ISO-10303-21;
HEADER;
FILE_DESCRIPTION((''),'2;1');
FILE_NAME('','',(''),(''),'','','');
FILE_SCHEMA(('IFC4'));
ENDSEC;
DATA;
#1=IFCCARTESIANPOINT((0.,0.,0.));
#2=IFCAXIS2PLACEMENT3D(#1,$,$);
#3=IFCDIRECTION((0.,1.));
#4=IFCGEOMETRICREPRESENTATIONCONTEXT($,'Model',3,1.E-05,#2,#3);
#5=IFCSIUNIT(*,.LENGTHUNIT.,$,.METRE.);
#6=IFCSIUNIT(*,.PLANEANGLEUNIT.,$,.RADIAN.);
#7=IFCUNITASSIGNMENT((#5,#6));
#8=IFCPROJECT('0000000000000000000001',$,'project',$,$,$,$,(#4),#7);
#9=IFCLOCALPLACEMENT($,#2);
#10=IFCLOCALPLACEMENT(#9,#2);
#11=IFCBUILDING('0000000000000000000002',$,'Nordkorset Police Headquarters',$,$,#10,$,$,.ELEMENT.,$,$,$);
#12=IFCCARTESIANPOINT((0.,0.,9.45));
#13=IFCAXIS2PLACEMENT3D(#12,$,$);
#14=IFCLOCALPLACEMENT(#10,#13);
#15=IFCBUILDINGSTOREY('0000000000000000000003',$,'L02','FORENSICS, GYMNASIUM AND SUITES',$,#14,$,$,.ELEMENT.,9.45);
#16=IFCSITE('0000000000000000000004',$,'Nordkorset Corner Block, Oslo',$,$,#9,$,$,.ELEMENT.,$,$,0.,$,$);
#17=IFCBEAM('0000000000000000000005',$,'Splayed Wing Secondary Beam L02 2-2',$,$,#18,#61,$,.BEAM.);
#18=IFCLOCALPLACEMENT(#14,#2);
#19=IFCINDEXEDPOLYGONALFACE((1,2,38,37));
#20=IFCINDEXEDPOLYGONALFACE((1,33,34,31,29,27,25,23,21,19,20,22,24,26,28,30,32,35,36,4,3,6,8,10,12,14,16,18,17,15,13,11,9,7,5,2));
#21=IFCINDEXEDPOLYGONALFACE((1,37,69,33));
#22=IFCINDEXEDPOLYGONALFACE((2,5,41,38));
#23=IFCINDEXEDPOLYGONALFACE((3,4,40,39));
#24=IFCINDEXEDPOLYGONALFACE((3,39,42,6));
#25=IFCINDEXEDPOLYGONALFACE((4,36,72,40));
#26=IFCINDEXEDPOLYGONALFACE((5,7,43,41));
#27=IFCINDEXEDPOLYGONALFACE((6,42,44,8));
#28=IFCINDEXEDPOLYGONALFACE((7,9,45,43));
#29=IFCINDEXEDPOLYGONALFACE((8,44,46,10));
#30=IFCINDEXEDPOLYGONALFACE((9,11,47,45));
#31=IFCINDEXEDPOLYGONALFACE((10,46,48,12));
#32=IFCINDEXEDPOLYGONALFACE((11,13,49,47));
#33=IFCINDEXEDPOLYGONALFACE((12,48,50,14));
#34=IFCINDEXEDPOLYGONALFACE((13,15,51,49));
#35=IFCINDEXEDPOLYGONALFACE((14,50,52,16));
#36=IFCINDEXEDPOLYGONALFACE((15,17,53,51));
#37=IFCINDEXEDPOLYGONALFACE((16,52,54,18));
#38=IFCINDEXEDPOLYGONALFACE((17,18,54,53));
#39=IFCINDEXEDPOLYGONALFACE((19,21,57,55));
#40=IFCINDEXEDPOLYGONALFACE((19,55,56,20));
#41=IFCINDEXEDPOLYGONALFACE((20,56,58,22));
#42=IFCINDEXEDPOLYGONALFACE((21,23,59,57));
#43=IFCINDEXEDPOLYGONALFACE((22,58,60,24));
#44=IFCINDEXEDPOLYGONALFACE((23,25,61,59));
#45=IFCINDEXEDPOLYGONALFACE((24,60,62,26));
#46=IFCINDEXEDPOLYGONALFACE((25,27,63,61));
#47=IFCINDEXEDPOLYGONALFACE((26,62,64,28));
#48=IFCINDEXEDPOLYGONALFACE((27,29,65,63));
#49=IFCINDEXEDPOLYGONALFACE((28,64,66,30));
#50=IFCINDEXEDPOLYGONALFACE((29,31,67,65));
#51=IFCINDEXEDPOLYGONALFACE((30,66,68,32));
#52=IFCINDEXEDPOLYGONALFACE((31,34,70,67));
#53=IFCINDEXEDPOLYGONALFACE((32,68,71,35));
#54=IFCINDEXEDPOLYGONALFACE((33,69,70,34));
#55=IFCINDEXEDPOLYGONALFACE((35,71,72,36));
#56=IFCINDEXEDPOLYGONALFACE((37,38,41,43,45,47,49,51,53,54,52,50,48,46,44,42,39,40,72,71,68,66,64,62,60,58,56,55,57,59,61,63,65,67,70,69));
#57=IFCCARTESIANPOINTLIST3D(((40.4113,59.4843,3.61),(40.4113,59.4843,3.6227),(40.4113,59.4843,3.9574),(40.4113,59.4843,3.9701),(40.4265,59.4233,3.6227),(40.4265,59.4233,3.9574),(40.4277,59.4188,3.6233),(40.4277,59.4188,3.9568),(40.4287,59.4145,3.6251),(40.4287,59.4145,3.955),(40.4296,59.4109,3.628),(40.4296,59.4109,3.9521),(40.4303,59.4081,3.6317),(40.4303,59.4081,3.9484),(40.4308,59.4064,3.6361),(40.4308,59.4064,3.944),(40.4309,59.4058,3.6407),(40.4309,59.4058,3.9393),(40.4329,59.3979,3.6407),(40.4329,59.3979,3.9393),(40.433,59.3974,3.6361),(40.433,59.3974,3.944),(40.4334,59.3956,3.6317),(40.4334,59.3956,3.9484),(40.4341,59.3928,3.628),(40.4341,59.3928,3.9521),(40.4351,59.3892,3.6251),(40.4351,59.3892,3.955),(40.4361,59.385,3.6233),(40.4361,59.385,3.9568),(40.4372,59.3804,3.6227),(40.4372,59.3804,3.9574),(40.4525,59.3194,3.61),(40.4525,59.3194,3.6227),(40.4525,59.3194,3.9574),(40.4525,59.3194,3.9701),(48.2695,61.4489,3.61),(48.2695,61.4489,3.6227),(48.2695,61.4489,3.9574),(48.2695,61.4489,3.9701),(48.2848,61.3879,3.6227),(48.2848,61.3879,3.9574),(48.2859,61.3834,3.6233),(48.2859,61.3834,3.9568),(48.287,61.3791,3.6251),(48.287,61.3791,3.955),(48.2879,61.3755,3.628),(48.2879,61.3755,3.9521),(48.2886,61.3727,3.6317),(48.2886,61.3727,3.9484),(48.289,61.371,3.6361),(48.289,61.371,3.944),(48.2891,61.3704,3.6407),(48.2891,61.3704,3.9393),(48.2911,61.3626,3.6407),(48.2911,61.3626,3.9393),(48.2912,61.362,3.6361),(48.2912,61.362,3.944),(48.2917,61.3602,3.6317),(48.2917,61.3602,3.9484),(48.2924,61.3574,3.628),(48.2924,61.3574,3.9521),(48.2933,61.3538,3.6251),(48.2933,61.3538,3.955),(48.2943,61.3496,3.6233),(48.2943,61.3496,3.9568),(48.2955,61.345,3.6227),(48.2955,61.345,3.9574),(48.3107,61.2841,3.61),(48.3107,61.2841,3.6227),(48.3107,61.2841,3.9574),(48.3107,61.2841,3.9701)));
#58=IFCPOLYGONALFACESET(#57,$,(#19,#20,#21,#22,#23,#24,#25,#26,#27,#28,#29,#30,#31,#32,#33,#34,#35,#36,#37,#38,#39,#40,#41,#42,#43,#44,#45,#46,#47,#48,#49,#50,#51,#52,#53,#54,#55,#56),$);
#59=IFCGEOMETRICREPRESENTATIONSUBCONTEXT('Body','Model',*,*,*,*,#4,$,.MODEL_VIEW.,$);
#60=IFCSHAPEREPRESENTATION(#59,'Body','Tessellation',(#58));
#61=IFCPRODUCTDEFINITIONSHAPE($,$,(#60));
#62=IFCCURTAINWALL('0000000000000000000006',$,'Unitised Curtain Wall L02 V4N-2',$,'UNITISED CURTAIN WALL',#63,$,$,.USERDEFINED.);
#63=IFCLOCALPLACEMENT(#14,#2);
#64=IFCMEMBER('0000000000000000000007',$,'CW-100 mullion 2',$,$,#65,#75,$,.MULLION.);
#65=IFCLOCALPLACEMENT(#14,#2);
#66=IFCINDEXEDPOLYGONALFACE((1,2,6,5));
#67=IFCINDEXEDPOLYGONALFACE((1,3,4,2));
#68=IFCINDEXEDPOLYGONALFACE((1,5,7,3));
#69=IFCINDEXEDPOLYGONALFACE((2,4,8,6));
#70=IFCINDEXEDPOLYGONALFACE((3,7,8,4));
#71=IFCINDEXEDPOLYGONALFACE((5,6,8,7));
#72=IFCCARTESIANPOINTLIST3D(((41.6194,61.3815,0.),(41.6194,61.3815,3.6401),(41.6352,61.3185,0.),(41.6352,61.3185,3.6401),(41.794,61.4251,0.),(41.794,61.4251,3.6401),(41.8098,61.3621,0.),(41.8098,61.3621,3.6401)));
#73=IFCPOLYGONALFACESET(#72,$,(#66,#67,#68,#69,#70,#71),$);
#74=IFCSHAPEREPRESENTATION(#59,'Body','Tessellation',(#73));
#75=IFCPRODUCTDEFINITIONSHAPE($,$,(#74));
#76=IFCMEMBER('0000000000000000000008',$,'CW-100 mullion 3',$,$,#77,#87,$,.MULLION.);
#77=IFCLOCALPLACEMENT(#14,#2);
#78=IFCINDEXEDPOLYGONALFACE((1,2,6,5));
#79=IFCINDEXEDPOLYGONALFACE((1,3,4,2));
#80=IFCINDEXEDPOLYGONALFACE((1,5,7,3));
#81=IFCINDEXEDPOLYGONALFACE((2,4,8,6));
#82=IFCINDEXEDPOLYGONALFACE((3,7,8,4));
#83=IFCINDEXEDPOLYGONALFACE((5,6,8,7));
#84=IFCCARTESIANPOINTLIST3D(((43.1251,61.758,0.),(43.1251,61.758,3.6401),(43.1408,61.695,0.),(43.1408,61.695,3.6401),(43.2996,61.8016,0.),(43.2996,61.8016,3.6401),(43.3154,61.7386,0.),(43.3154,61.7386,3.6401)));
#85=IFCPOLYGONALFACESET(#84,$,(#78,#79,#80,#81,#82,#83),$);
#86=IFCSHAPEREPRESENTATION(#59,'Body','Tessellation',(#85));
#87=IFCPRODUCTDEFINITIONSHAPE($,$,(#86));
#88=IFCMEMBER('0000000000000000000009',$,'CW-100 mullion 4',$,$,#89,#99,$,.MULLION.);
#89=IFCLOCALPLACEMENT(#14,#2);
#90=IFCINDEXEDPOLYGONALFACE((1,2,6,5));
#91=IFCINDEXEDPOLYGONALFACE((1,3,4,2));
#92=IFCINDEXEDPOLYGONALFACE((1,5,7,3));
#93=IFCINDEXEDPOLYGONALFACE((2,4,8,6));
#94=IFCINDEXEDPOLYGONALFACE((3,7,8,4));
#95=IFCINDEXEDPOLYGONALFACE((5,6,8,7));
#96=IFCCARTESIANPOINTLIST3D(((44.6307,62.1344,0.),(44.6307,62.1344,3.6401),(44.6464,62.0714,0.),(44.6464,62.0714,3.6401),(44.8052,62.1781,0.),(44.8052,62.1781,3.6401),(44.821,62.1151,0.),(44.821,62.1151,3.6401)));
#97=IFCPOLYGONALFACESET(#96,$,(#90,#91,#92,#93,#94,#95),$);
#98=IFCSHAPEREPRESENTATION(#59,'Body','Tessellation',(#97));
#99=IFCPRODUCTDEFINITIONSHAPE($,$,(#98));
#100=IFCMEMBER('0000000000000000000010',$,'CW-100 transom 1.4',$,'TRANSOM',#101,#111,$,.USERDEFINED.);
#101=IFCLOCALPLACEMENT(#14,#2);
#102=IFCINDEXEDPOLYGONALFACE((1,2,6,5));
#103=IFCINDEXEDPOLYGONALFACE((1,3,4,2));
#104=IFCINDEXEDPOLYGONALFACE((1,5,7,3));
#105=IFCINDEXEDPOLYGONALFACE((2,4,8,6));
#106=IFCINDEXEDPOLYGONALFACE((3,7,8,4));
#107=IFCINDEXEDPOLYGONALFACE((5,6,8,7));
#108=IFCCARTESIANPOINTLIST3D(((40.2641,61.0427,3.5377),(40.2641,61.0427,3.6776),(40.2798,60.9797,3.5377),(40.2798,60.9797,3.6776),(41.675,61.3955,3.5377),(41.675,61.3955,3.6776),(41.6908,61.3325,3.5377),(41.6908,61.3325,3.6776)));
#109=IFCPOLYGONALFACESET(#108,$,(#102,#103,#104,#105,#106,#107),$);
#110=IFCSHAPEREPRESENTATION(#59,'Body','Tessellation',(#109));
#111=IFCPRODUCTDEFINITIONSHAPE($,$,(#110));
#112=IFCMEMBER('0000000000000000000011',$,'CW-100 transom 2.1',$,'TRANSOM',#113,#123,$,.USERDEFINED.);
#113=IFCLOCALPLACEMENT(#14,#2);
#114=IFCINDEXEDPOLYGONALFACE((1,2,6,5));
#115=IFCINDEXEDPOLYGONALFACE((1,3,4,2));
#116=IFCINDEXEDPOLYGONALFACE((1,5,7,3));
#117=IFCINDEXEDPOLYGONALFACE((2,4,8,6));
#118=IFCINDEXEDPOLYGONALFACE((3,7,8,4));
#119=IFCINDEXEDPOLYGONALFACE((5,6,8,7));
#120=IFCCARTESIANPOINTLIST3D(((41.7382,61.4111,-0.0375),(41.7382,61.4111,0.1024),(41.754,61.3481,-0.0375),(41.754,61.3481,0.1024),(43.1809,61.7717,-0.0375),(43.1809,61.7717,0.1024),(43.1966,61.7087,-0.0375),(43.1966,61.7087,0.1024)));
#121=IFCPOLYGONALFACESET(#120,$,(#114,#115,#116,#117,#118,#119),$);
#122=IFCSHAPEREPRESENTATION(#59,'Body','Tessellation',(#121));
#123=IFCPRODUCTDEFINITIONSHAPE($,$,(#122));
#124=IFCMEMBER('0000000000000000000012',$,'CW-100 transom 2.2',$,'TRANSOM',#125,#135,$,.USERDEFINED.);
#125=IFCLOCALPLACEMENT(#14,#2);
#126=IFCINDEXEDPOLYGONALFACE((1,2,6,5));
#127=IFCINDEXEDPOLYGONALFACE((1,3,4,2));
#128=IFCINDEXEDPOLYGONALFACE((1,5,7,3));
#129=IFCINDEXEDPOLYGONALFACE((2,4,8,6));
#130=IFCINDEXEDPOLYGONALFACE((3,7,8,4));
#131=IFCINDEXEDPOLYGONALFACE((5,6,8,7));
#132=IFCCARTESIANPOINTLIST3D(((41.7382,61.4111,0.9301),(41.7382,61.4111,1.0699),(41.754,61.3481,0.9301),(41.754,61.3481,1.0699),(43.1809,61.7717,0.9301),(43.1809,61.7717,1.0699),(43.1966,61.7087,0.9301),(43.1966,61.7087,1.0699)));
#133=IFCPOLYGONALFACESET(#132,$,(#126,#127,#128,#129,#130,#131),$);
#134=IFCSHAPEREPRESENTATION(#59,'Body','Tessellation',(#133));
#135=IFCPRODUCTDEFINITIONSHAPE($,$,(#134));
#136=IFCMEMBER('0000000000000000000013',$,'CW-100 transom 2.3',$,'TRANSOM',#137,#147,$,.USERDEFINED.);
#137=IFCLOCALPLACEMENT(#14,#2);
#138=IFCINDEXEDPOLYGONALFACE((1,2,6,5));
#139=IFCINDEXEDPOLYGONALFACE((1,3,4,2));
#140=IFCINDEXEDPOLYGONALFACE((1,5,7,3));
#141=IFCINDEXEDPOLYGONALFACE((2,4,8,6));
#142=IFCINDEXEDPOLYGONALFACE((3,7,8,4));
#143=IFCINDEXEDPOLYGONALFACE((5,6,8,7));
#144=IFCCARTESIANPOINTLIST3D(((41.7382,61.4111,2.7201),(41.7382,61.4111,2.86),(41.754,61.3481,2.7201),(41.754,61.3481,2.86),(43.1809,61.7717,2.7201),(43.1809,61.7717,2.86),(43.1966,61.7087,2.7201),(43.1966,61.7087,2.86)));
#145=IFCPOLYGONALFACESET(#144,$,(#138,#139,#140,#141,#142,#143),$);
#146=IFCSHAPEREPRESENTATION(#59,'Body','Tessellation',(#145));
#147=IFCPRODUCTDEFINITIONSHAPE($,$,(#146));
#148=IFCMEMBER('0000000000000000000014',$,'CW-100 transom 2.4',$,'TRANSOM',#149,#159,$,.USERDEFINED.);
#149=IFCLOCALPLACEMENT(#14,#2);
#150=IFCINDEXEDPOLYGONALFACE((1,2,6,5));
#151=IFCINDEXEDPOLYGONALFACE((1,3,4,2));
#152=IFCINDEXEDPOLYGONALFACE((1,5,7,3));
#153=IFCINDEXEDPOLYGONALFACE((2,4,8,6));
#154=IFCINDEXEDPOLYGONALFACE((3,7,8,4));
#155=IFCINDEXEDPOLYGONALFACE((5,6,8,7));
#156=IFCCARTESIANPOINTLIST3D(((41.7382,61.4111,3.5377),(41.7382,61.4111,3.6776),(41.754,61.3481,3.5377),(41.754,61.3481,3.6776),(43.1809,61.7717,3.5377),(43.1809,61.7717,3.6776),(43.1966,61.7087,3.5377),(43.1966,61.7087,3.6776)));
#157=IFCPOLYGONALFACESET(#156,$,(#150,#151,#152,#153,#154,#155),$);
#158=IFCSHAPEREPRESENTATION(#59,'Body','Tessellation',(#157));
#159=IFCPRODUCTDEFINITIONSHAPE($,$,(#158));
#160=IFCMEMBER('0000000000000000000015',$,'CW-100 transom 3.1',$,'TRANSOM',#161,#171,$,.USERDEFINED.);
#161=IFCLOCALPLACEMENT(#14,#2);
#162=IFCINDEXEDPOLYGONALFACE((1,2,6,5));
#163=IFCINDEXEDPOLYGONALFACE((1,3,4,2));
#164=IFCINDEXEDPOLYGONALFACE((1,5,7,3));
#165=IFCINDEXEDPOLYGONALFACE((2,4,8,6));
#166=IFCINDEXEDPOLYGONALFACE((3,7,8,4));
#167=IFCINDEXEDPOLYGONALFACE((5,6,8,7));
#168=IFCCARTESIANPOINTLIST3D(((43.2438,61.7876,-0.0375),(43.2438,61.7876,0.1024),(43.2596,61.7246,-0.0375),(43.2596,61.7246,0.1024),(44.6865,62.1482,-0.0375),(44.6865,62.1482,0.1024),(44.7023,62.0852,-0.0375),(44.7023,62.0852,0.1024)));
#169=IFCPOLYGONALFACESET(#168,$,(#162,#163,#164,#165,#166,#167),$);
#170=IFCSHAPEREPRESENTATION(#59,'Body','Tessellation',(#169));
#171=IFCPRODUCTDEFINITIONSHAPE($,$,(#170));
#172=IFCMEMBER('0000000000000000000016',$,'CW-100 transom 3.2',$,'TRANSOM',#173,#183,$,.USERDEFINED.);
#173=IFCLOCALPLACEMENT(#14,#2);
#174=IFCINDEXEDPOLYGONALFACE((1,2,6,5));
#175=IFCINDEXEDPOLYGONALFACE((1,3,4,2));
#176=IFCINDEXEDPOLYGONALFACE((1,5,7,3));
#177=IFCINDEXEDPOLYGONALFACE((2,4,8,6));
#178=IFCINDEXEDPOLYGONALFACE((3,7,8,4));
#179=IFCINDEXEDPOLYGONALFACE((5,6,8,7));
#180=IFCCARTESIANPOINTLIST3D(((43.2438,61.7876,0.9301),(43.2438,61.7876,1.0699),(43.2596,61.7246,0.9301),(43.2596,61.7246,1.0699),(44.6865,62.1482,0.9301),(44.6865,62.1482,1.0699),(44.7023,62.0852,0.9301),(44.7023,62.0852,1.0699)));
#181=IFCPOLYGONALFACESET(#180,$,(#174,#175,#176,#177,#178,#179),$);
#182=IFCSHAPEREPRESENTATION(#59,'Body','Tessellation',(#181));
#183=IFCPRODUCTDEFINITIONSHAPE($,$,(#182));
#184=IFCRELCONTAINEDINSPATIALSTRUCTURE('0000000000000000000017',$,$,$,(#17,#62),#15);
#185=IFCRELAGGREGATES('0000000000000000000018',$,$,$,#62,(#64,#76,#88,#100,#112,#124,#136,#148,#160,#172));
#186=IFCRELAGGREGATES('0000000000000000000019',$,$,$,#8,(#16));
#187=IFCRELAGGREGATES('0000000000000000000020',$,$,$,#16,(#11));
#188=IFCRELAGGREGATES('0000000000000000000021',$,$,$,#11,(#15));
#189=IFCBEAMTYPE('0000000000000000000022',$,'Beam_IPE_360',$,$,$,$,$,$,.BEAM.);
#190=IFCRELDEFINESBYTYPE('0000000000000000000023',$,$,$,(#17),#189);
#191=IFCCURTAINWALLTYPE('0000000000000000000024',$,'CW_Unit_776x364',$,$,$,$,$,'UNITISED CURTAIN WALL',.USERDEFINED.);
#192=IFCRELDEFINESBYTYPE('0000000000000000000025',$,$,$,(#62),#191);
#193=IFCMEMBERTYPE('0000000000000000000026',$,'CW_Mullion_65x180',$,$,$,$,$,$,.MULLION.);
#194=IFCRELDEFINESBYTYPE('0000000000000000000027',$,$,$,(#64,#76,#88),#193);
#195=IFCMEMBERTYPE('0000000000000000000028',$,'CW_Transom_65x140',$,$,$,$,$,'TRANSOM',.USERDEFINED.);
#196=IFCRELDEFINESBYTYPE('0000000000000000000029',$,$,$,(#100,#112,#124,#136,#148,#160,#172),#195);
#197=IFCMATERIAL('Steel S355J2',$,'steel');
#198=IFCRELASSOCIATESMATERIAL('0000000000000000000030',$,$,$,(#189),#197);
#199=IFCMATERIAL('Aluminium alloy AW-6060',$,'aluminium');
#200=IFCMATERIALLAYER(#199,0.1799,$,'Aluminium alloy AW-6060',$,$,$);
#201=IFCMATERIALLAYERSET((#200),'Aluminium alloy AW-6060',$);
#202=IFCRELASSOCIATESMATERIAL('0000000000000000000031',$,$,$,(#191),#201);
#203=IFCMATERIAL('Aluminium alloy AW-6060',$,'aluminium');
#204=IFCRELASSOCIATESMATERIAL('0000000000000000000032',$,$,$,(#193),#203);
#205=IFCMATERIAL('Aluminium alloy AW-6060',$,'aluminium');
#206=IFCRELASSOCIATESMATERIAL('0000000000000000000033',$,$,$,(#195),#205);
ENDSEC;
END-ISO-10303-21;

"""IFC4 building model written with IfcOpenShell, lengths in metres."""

from ifc_helpers import new_model, si_unit, direction, frame, origin, origin_2d, place, context, subcontext, project, spatial, rectangle, i_section, extrude, material, layer, layer_set, material_profile, profile_set, type_object, element, aggregate, save


model = new_model("IFC4")

# Units and contexts
model_context = context("Model", 3, precision=1e-05, world=origin(), true_north=direction((0.0, 1.0)))
body_context = subcontext(model_context, "Body", "Model", "MODEL_VIEW")
ifc_project = project(units=[si_unit("LENGTHUNIT", "METRE"), si_unit("PLANEANGLEUNIT", "RADIAN")], contexts=[model_context])

# Site, building, storey
site_placement = place(None, origin())
site = spatial("IfcSite", under=ifc_project, at=site_placement, Name="Nordkorset Corner Block, Oslo", CompositionType="ELEMENT", RefElevation=0.0)
building_placement = place(site_placement, origin())
building = spatial("IfcBuilding", under=site, at=building_placement, Name="Nordkorset Police Headquarters", CompositionType="ELEMENT")
storey_placement = place(building_placement, frame((0.0, 0.0, 9.45)))
storey = spatial("IfcBuildingStorey", under=building, at=storey_placement, Name="L02", Description="FORENSICS, GYMNASIUM AND SUITES", CompositionType="ELEMENT", Elevation=9.45)

# Beam
ifc_material_1 = material(Name="Steel S355J2", Category="steel")
ifc_material_profile_1 = material_profile(ifc_material_1, i_section(OverallWidth=0.1699, OverallDepth=0.3601, WebThickness=0.0081, FlangeThickness=0.0127, FilletRadius=0.0181, at=origin_2d()), Name="IPE 360")
ifc_profile_set_1 = profile_set([ifc_material_profile_1], Name="Steel S355J2")
beam_type = type_object("IfcBeamType", Name="Beam_IPE_360", PredefinedType="BEAM", material=ifc_profile_set_1)
beam_placement = place(storey_placement, frame((40.4319, 59.4019, 3.79), z_axis=(0.970141, 0.242543, 0.0), x_axis=(-0.242543, 0.970141, 0.0)))
element("IfcBeam", 1, at=beam_placement, inside=storey, type_object=beam_type, Name="Splayed Wing Secondary Beam L02 2-2", PredefinedType="BEAM", context=body_context, shape_type="SweptSolid", body=[
    extrude(i_section(OverallWidth=0.1699, OverallDepth=0.3601, WebThickness=0.0081, FlangeThickness=0.0127, FilletRadius=0.0181, at=origin_2d()), origin(), (0.0, 0.0, 1.0), 8.1001),
])

# Curtain wall, members
ifc_material_2 = material(Name="Aluminium alloy AW-6060", Category="aluminium")
ifc_layer_1 = layer(ifc_material_2, 0.1799, Name="Aluminium alloy AW-6060")
ifc_layer_set_1 = layer_set([ifc_layer_1], Name="Aluminium alloy AW-6060")
curtain_wall_type = type_object("IfcCurtainWallType", Name="CW_Unit_776x364", ElementType="UNITISED CURTAIN WALL", PredefinedType="USERDEFINED", material=ifc_layer_set_1)
curtain_wall_placement = place(storey_placement, origin())
curtain_wall = element("IfcCurtainWall", 2, at=curtain_wall_placement, inside=storey, type_object=curtain_wall_type, Name="Unitised Curtain Wall L02 V4N-2", ObjectType="UNITISED CURTAIN WALL", PredefinedType="USERDEFINED")
ifc_material_3 = material(Name="Aluminium alloy AW-6060", Category="aluminium")
ifc_material_profile_2 = material_profile(ifc_material_3, rectangle(XDim=0.0649, YDim=0.1799, at=origin_2d()), Name="ALU MULL 65x180")
ifc_profile_set_2 = profile_set([ifc_material_profile_2], Name="Aluminium alloy AW-6060")
member_type_1 = type_object("IfcMemberType", Name="CW_Mullion_65x180", PredefinedType="MULLION", material=ifc_profile_set_2)
member_1_placement = place(storey_placement, frame((41.7146, 61.3718, 0.0), z_axis=(0.0, 0.0, 1.0), x_axis=(-0.242536, 0.970142, 0.0)))
member_1 = element("IfcMember", 3, at=member_1_placement, type_object=member_type_1, Name="CW-100 mullion 2", PredefinedType="MULLION", context=body_context, shape_type="SweptSolid", body=[
    extrude(rectangle(XDim=0.0649, YDim=0.1799, at=origin_2d()), origin(), (0.0, 0.0, 1.0), 3.6401),
])
member_2_placement = place(storey_placement, frame((43.2202, 61.7483, 0.0), z_axis=(0.0, 0.0, 1.0), x_axis=(-0.242536, 0.970142, 0.0)))
member_2 = element("IfcMember", 4, at=member_2_placement, type_object=member_type_1, Name="CW-100 mullion 3", PredefinedType="MULLION", context=body_context, shape_type="SweptSolid", body=[
    extrude(rectangle(XDim=0.0649, YDim=0.1799, at=origin_2d()), origin(), (0.0, 0.0, 1.0), 3.6401),
])
member_3_placement = place(storey_placement, frame((44.7258, 62.1248, 0.0), z_axis=(0.0, 0.0, 1.0), x_axis=(-0.242536, 0.970142, 0.0)))
member_3 = element("IfcMember", 5, at=member_3_placement, type_object=member_type_1, Name="CW-100 mullion 4", PredefinedType="MULLION", context=body_context, shape_type="SweptSolid", body=[
    extrude(rectangle(XDim=0.0649, YDim=0.1799, at=origin_2d()), origin(), (0.0, 0.0, 1.0), 3.6401),
])
ifc_material_4 = material(Name="Aluminium alloy AW-6060", Category="aluminium")
ifc_material_profile_3 = material_profile(ifc_material_4, rectangle(XDim=0.0649, YDim=0.1399, at=origin_2d()), Name="ALU TRAN 65x140")
ifc_profile_set_3 = profile_set([ifc_material_profile_3], Name="Aluminium alloy AW-6060")
member_type_2 = type_object("IfcMemberType", Name="CW_Transom_65x140", ElementType="TRANSOM", PredefinedType="USERDEFINED", material=ifc_profile_set_3)
member_4_placement = place(storey_placement, frame((40.272, 61.0112, 3.6077), z_axis=(0.970133, 0.242575, 0.0), x_axis=(-0.242575, 0.970133, 0.0)))
member_4 = element("IfcMember", 6, at=member_4_placement, type_object=member_type_2, Name="CW-100 transom 1.4", ObjectType="TRANSOM", PredefinedType="USERDEFINED", context=body_context, shape_type="SweptSolid", body=[
    extrude(rectangle(XDim=0.0649, YDim=0.1399, at=origin_2d()), origin(), (0.0, 0.0, 1.0), 1.4543),
])
member_5_placement = place(storey_placement, frame((41.7461, 61.3796, 0.0325), z_axis=(0.970152, 0.242497, 0.0), x_axis=(-0.242497, 0.970152, 0.0)))
member_5 = element("IfcMember", 7, at=member_5_placement, type_object=member_type_2, Name="CW-100 transom 2.1", ObjectType="TRANSOM", PredefinedType="USERDEFINED", context=body_context, shape_type="SweptSolid", body=[
    extrude(rectangle(XDim=0.0649, YDim=0.1399, at=origin_2d()), origin(), (0.0, 0.0, 1.0), 1.4871),
])
member_6_placement = place(storey_placement, frame((41.7461, 61.3796, 1.0), z_axis=(0.970152, 0.242497, 0.0), x_axis=(-0.242497, 0.970152, 0.0)))
member_6 = element("IfcMember", 8, at=member_6_placement, type_object=member_type_2, Name="CW-100 transom 2.2", ObjectType="TRANSOM", PredefinedType="USERDEFINED", context=body_context, shape_type="SweptSolid", body=[
    extrude(rectangle(XDim=0.0649, YDim=0.1399, at=origin_2d()), origin(), (0.0, 0.0, 1.0), 1.4871),
])
member_7_placement = place(storey_placement, frame((41.7461, 61.3796, 2.79), z_axis=(0.970152, 0.242497, 0.0), x_axis=(-0.242497, 0.970152, 0.0)))
member_7 = element("IfcMember", 9, at=member_7_placement, type_object=member_type_2, Name="CW-100 transom 2.3", ObjectType="TRANSOM", PredefinedType="USERDEFINED", context=body_context, shape_type="SweptSolid", body=[
    extrude(rectangle(XDim=0.0649, YDim=0.1399, at=origin_2d()), origin(), (0.0, 0.0, 1.0), 1.4871),
])
member_8_placement = place(storey_placement, frame((41.7461, 61.3796, 3.6077), z_axis=(0.970152, 0.242497, 0.0), x_axis=(-0.242497, 0.970152, 0.0)))
member_8 = element("IfcMember", 10, at=member_8_placement, type_object=member_type_2, Name="CW-100 transom 2.4", ObjectType="TRANSOM", PredefinedType="USERDEFINED", context=body_context, shape_type="SweptSolid", body=[
    extrude(rectangle(XDim=0.0649, YDim=0.1399, at=origin_2d()), origin(), (0.0, 0.0, 1.0), 1.4871),
])
member_9_placement = place(storey_placement, frame((43.2517, 61.7561, 0.0325), z_axis=(0.970152, 0.242497, 0.0), x_axis=(-0.242497, 0.970152, 0.0)))
member_9 = element("IfcMember", 11, at=member_9_placement, type_object=member_type_2, Name="CW-100 transom 3.1", ObjectType="TRANSOM", PredefinedType="USERDEFINED", context=body_context, shape_type="SweptSolid", body=[
    extrude(rectangle(XDim=0.0649, YDim=0.1399, at=origin_2d()), origin(), (0.0, 0.0, 1.0), 1.4871),
])
member_10_placement = place(storey_placement, frame((43.2517, 61.7561, 1.0), z_axis=(0.970152, 0.242497, 0.0), x_axis=(-0.242497, 0.970152, 0.0)))
member_10 = element("IfcMember", 12, at=member_10_placement, type_object=member_type_2, Name="CW-100 transom 3.2", ObjectType="TRANSOM", PredefinedType="USERDEFINED", context=body_context, shape_type="SweptSolid", body=[
    extrude(rectangle(XDim=0.0649, YDim=0.1399, at=origin_2d()), origin(), (0.0, 0.0, 1.0), 1.4871),
])
aggregate(curtain_wall, [member_1, member_2, member_3, member_4, member_5, member_6, member_7, member_8, member_9, member_10])

save(model, "model.ifc")
